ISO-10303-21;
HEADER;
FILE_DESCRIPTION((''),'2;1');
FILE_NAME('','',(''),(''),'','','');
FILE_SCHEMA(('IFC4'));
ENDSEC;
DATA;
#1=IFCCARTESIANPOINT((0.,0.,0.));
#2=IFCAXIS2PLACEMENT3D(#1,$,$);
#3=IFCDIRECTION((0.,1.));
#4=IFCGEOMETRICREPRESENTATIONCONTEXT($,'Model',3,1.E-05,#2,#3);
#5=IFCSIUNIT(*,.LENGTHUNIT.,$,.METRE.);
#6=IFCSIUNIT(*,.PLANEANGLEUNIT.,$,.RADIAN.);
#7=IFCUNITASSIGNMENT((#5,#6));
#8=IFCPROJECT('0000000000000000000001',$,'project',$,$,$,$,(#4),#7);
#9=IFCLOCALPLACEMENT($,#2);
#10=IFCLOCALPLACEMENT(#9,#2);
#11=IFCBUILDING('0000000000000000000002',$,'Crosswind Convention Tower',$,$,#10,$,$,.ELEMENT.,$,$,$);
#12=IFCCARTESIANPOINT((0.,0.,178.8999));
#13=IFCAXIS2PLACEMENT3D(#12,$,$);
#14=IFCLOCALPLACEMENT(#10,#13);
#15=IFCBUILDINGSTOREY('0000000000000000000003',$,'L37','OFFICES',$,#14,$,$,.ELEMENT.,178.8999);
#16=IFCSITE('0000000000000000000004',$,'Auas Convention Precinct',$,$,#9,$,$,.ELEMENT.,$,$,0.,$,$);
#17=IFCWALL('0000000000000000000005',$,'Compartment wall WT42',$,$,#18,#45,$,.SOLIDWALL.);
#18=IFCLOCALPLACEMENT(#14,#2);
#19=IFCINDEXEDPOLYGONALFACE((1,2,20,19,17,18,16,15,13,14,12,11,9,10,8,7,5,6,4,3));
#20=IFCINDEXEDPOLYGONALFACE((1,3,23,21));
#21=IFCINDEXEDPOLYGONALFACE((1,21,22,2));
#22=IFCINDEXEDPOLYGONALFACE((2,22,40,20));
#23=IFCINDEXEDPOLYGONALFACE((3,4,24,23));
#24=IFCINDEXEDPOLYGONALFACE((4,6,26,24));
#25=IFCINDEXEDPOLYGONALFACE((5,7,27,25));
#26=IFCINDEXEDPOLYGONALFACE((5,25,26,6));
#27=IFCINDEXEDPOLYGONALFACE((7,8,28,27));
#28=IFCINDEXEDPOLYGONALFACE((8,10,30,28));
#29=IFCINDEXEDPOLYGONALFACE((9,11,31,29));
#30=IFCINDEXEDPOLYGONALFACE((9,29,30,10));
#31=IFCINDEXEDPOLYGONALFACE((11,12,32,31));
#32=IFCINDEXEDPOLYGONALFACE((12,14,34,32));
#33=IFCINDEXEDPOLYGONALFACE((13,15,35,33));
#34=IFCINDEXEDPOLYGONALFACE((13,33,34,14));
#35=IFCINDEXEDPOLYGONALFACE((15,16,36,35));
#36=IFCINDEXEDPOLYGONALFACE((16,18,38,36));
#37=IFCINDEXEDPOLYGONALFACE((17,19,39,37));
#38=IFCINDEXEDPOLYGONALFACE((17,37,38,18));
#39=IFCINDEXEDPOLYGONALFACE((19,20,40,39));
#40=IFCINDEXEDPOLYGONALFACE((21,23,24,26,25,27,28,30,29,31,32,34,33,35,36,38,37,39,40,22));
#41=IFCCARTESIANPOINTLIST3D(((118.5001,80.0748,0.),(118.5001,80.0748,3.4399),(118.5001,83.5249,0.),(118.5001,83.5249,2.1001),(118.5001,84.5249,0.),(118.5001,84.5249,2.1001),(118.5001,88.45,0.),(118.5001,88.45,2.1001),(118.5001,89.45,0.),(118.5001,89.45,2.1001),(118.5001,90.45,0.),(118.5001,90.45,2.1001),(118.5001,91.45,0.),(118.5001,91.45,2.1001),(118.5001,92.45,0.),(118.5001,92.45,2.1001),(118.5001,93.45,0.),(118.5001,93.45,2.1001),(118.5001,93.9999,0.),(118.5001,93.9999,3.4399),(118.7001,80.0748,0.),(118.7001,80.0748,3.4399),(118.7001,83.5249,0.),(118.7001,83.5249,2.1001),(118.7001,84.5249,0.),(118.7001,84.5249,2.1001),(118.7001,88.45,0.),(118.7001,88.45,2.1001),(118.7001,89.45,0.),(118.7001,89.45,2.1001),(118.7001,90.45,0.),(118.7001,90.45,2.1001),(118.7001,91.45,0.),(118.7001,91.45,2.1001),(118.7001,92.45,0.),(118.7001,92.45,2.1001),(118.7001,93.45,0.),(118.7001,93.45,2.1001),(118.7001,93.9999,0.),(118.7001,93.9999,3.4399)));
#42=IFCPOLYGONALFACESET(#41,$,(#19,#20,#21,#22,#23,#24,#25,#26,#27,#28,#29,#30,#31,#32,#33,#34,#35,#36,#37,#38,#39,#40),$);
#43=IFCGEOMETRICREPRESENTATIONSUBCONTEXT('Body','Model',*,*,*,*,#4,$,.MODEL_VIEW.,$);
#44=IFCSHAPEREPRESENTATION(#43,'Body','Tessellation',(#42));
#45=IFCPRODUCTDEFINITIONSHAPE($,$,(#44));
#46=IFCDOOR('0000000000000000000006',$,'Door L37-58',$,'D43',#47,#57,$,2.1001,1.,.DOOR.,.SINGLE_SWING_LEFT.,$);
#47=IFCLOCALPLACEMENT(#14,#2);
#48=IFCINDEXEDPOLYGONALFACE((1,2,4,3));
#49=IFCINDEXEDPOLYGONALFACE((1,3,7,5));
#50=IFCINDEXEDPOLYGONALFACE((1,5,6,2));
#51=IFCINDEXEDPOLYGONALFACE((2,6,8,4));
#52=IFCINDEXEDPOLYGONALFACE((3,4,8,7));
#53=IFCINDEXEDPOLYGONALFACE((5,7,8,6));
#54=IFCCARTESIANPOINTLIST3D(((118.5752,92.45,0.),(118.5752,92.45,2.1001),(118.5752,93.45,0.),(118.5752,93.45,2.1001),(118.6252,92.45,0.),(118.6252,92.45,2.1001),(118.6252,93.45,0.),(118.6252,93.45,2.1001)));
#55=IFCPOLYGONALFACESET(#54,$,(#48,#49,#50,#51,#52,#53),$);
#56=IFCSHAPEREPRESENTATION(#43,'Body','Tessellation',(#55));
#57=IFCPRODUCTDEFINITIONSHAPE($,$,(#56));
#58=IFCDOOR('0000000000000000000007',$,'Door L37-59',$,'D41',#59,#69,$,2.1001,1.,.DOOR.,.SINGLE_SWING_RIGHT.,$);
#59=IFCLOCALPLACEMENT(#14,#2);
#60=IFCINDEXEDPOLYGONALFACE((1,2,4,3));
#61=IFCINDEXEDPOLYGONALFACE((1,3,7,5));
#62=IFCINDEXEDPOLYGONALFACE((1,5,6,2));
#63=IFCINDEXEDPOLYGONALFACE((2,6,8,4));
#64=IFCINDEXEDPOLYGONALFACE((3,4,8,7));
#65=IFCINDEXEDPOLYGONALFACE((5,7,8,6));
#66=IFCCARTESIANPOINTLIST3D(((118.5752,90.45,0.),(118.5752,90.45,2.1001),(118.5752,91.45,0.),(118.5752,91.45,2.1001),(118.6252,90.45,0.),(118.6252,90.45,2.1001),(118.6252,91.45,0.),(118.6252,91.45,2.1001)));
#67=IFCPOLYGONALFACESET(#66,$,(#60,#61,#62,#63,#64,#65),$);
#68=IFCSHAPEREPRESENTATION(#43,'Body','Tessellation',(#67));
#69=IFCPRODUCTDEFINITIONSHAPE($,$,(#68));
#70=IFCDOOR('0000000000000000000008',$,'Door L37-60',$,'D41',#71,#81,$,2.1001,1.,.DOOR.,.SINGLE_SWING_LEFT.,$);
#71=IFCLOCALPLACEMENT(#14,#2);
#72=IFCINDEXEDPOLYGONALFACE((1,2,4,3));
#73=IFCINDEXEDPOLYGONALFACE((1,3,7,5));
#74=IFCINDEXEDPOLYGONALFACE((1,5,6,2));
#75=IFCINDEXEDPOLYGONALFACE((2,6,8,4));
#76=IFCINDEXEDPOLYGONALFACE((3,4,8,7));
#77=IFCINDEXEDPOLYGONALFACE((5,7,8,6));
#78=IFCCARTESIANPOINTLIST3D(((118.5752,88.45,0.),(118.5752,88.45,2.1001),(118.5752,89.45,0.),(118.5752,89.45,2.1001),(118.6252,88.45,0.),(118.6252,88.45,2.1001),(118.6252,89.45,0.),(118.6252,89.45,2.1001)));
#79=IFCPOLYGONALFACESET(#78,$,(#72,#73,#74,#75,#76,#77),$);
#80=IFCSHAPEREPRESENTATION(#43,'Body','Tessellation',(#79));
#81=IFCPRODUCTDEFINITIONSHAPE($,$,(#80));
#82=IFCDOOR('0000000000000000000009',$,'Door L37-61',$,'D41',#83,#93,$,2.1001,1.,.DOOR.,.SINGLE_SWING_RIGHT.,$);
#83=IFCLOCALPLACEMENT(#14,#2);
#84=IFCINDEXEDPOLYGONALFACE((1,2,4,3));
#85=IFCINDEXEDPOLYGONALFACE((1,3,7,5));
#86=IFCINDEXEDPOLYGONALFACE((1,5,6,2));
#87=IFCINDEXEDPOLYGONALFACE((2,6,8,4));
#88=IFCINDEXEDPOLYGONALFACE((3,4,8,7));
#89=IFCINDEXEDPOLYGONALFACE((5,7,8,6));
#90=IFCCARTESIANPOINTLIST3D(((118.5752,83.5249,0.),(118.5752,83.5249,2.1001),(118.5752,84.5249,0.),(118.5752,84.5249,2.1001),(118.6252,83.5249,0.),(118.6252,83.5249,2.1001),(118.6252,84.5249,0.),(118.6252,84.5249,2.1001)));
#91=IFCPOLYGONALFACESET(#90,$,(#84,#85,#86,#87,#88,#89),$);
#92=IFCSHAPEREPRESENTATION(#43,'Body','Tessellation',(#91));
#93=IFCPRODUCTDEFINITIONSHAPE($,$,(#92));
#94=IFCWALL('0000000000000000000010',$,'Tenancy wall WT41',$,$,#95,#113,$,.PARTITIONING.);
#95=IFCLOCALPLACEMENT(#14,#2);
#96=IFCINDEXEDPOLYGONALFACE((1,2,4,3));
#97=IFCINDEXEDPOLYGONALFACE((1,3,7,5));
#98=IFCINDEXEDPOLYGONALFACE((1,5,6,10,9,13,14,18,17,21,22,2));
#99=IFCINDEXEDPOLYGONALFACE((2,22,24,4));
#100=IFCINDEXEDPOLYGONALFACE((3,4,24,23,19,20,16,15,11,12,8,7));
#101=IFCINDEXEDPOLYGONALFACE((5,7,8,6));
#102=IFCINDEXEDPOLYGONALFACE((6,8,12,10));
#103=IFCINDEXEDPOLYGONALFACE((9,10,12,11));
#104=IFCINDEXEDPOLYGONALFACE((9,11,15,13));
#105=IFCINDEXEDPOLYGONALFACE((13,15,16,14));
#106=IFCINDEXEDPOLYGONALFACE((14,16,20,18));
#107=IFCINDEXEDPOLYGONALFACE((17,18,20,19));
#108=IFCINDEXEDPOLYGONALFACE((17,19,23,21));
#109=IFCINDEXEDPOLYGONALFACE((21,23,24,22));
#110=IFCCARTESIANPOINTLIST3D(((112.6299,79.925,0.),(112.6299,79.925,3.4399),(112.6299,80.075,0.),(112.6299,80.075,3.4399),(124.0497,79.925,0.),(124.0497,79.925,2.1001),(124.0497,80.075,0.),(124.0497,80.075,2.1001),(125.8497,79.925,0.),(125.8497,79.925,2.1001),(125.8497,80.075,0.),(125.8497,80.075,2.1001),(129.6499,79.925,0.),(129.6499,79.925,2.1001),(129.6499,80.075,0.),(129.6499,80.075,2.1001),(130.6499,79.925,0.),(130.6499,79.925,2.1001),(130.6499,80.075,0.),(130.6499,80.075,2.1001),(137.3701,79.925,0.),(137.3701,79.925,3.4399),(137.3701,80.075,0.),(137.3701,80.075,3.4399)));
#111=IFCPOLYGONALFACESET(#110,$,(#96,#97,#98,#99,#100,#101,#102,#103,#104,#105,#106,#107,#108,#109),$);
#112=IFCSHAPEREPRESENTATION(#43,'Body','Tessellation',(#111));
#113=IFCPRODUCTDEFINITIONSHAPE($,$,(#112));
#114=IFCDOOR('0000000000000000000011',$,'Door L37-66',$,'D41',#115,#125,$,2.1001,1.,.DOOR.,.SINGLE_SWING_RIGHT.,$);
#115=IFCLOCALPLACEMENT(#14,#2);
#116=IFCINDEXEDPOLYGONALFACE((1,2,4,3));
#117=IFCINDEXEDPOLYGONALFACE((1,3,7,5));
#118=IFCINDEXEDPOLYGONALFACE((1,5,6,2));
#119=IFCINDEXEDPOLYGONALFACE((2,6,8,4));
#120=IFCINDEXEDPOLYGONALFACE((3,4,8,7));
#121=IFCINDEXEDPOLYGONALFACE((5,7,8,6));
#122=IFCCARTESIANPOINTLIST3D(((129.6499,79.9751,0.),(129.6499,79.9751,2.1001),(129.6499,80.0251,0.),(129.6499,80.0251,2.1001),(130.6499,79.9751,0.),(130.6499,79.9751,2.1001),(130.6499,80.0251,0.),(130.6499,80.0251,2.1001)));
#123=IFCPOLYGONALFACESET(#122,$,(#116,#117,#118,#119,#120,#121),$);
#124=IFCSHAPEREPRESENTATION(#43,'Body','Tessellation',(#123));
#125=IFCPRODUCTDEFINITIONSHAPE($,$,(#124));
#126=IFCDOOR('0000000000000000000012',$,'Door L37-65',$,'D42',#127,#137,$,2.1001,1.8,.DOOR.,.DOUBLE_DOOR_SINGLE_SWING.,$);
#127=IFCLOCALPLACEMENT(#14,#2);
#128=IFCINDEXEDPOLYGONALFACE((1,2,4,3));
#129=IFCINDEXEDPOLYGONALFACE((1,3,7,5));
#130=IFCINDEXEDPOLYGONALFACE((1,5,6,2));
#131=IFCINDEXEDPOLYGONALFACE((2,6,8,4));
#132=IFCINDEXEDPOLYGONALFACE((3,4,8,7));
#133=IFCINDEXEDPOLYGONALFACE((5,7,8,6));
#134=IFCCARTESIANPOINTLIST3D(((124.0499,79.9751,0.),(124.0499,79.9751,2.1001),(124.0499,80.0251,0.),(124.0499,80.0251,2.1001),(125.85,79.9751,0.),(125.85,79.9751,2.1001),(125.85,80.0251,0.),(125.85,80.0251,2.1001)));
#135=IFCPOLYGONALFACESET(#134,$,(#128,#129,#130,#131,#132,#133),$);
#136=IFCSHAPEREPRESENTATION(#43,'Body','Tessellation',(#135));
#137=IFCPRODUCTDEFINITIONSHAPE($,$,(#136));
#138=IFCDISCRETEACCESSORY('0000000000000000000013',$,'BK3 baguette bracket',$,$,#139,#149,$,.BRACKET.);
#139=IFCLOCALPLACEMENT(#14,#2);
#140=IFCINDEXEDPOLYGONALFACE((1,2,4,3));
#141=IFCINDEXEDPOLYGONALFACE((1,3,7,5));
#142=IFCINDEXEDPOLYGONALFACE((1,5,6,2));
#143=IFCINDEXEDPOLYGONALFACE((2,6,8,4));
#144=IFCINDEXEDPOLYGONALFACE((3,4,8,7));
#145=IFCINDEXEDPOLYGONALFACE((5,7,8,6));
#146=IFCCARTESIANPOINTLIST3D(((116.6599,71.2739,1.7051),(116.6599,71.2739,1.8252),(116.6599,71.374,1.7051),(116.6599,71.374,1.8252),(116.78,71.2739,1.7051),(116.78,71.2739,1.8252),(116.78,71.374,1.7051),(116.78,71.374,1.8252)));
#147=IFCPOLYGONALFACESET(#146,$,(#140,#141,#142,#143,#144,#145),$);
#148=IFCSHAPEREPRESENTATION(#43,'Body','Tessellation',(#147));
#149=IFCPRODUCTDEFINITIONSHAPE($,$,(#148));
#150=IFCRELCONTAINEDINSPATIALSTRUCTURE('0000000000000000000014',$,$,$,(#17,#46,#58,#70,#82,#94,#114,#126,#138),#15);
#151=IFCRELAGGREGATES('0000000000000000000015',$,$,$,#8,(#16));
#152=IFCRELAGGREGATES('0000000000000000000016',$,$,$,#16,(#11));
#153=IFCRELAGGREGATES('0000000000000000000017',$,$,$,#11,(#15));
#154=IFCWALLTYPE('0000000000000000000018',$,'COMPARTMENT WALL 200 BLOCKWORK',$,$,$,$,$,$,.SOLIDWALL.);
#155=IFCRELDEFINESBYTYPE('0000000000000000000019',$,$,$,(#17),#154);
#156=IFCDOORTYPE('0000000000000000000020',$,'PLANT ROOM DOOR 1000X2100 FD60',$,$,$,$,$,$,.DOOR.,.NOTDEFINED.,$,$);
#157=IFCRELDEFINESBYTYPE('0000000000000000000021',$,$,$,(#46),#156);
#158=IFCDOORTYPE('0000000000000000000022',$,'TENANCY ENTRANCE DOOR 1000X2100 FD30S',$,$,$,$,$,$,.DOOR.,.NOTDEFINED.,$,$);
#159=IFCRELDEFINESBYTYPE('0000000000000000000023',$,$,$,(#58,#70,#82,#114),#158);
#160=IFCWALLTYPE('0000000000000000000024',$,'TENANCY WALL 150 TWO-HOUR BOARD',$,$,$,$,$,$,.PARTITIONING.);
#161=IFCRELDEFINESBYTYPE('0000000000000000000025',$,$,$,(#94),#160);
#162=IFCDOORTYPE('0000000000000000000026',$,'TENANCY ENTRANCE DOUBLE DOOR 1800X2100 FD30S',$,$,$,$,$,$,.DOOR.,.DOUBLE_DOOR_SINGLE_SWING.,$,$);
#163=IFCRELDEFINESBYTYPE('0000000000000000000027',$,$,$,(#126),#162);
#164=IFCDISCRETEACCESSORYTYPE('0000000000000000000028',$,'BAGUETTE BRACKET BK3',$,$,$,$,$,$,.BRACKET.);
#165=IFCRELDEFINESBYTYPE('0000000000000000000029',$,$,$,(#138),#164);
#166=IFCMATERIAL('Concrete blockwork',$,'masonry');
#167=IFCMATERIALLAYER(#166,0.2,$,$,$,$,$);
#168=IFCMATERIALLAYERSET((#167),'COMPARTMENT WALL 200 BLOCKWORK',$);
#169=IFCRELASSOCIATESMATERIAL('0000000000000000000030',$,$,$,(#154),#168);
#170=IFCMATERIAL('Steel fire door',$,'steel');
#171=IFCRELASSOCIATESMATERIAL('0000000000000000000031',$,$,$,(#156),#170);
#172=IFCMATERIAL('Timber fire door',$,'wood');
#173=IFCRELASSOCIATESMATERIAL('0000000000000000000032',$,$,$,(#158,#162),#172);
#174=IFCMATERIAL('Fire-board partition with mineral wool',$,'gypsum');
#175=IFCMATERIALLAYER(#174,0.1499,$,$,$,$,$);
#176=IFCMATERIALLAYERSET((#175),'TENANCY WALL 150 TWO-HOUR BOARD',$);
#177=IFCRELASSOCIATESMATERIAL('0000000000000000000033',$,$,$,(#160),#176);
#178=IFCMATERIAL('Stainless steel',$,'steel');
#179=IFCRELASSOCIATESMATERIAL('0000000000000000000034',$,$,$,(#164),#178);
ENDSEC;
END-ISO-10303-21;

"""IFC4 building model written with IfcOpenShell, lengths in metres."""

from ifc_helpers import new_model, si_unit, direction, frame, frame_2d, origin, origin_2d, place, context, subcontext, project, spatial, rectangle, extrude, material, layer, layer_set, type_object, element, fill, save


model = new_model("IFC4")

# Units and contexts
model_context = context("Model", 3, precision=1e-05, world=origin(), true_north=direction((0.0, 1.0)))
body_context = subcontext(model_context, "Body", "Model", "MODEL_VIEW")
ifc_project = project(units=[si_unit("LENGTHUNIT", "METRE"), si_unit("PLANEANGLEUNIT", "RADIAN")], contexts=[model_context])

# Site, building, storey
site_placement = place(None, origin())
site = spatial("IfcSite", under=ifc_project, at=site_placement, Name="Auas Convention Precinct", CompositionType="ELEMENT", RefElevation=0.0)
building_placement = place(site_placement, origin())
building = spatial("IfcBuilding", under=site, at=building_placement, Name="Crosswind Convention Tower", CompositionType="ELEMENT")
storey_placement = place(building_placement, frame((0.0, 0.0, 178.8999)))
storey = spatial("IfcBuildingStorey", under=building, at=storey_placement, Name="L37", Description="OFFICES", CompositionType="ELEMENT", Elevation=178.8999)

# Walls, openings, doors
ifc_material_1 = material(Name="Concrete blockwork", Category="masonry")
ifc_layer_1 = layer(ifc_material_1, 0.2)
ifc_layer_set_1 = layer_set([ifc_layer_1], Name="COMPARTMENT WALL 200 BLOCKWORK")
wall_type_1 = type_object("IfcWallType", Name="COMPARTMENT WALL 200 BLOCKWORK", PredefinedType="SOLIDWALL", material=ifc_layer_set_1)
wall_1_placement = place(storey_placement, frame((118.6001, 80.075, 0.0), z_axis=(0.0, 0.0, 1.0), x_axis=(0.0, 1.0, 0.0)))
wall_1 = element("IfcWall", 1, at=wall_1_placement, inside=storey, type_object=wall_type_1, Name="Compartment wall WT42", PredefinedType="SOLIDWALL", context=body_context, shape_type="SweptSolid", body=[
    extrude(rectangle(XDim=13.925, YDim=0.2, at=frame_2d((6.9624, 0.0))), origin(), (0.0, 0.0, 1.0), 3.4399),
])
opening_1_placement = place(wall_1_placement, frame((12.375, 0.0, 0.0)))
opening_1 = element("IfcOpeningElement", 2, at=opening_1_placement, cuts=wall_1, PredefinedType="OPENING", context=body_context, shape_type="SweptSolid", body=[
    extrude(rectangle(XDim=1.0, YDim=2.1001, at=frame_2d((0.5, 1.05))), frame((0.0, 0.1099, 0.0), z_axis=(0.0, -1.0, 0.0), x_axis=(1.0, 0.0, 0.0)), (0.0, 0.0, 1.0), 0.22),
])
opening_2_placement = place(wall_1_placement, frame((10.375, 0.0, 0.0)))
opening_2 = element("IfcOpeningElement", 3, at=opening_2_placement, cuts=wall_1, PredefinedType="OPENING", context=body_context, shape_type="SweptSolid", body=[
    extrude(rectangle(XDim=1.0, YDim=2.1001, at=frame_2d((0.5, 1.05))), frame((0.0, 0.1099, 0.0), z_axis=(0.0, -1.0, 0.0), x_axis=(1.0, 0.0, 0.0)), (0.0, 0.0, 1.0), 0.22),
])
opening_3_placement = place(wall_1_placement, frame((8.375, 0.0, 0.0)))
opening_3 = element("IfcOpeningElement", 4, at=opening_3_placement, cuts=wall_1, PredefinedType="OPENING", context=body_context, shape_type="SweptSolid", body=[
    extrude(rectangle(XDim=1.0, YDim=2.1001, at=frame_2d((0.5, 1.05))), frame((0.0, 0.1099, 0.0), z_axis=(0.0, -1.0, 0.0), x_axis=(1.0, 0.0, 0.0)), (0.0, 0.0, 1.0), 0.22),
])
opening_4_placement = place(wall_1_placement, frame((3.45, 0.0, 0.0)))
opening_4 = element("IfcOpeningElement", 5, at=opening_4_placement, cuts=wall_1, PredefinedType="OPENING", context=body_context, shape_type="SweptSolid", body=[
    extrude(rectangle(XDim=1.0, YDim=2.1001, at=frame_2d((0.5, 1.05))), frame((0.0, 0.1099, 0.0), z_axis=(0.0, -1.0, 0.0), x_axis=(1.0, 0.0, 0.0)), (0.0, 0.0, 1.0), 0.22),
])
ifc_material_2 = material(Name="Steel fire door", Category="steel")
door_type_1 = type_object("IfcDoorType", Name="PLANT ROOM DOOR 1000X2100 FD60", OperationType="NOTDEFINED", PredefinedType="DOOR", material=ifc_material_2)
door_1_placement = place(opening_1_placement, origin())
door_1 = element("IfcDoor", 6, at=door_1_placement, inside=storey, type_object=door_type_1, Name="Door L37-58", ObjectType="D43", OperationType="SINGLE_SWING_LEFT", OverallHeight=2.1001, OverallWidth=1.0, PredefinedType="DOOR", context=body_context, shape_type="SweptSolid", body=[
    extrude(rectangle(XDim=1.0, YDim=2.1001, at=frame_2d((0.5, 1.05))), frame((0.0, 0.0249, 0.0), z_axis=(0.0, -1.0, 0.0), x_axis=(1.0, 0.0, 0.0)), (0.0, 0.0, 1.0), 0.05),
])
fill(opening_1, door_1)
ifc_material_3 = material(Name="Timber fire door", Category="wood")
door_type_2 = type_object("IfcDoorType", Name="TENANCY ENTRANCE DOOR 1000X2100 FD30S", OperationType="NOTDEFINED", PredefinedType="DOOR", material=ifc_material_3)
door_2_placement = place(opening_2_placement, origin())
door_2 = element("IfcDoor", 7, at=door_2_placement, inside=storey, type_object=door_type_2, Name="Door L37-59", ObjectType="D41", OperationType="SINGLE_SWING_RIGHT", OverallHeight=2.1001, OverallWidth=1.0, PredefinedType="DOOR", context=body_context, shape_type="SweptSolid", body=[
    extrude(rectangle(XDim=1.0, YDim=2.1001, at=frame_2d((0.5, 1.05))), frame((0.0, 0.0249, 0.0), z_axis=(0.0, -1.0, 0.0), x_axis=(1.0, 0.0, 0.0)), (0.0, 0.0, 1.0), 0.05),
])
fill(opening_2, door_2)
door_3_placement = place(opening_3_placement, origin())
door_3 = element("IfcDoor", 8, at=door_3_placement, inside=storey, type_object=door_type_2, Name="Door L37-60", ObjectType="D41", OperationType="SINGLE_SWING_LEFT", OverallHeight=2.1001, OverallWidth=1.0, PredefinedType="DOOR", context=body_context, shape_type="SweptSolid", body=[
    extrude(rectangle(XDim=1.0, YDim=2.1001, at=frame_2d((0.5, 1.05))), frame((0.0, 0.0249, 0.0), z_axis=(0.0, -1.0, 0.0), x_axis=(1.0, 0.0, 0.0)), (0.0, 0.0, 1.0), 0.05),
])
fill(opening_3, door_3)
door_4_placement = place(opening_4_placement, origin())
door_4 = element("IfcDoor", 9, at=door_4_placement, inside=storey, type_object=door_type_2, Name="Door L37-61", ObjectType="D41", OperationType="SINGLE_SWING_RIGHT", OverallHeight=2.1001, OverallWidth=1.0, PredefinedType="DOOR", context=body_context, shape_type="SweptSolid", body=[
    extrude(rectangle(XDim=1.0, YDim=2.1001, at=frame_2d((0.5, 1.05))), frame((0.0, 0.0249, 0.0), z_axis=(0.0, -1.0, 0.0), x_axis=(1.0, 0.0, 0.0)), (0.0, 0.0, 1.0), 0.05),
])
fill(opening_4, door_4)
ifc_material_4 = material(Name="Fire-board partition with mineral wool", Category="gypsum")
ifc_layer_2 = layer(ifc_material_4, 0.1499)
ifc_layer_set_2 = layer_set([ifc_layer_2], Name="TENANCY WALL 150 TWO-HOUR BOARD")
wall_type_2 = type_object("IfcWallType", Name="TENANCY WALL 150 TWO-HOUR BOARD", PredefinedType="PARTITIONING", material=ifc_layer_set_2)
wall_2_placement = place(storey_placement, frame((112.6299, 80.0, 0.0), z_axis=(0.0, 0.0, 1.0), x_axis=(1.0, 0.0, 0.0)))
wall_2 = element("IfcWall", 10, at=wall_2_placement, inside=storey, type_object=wall_type_2, Name="Tenancy wall WT41", PredefinedType="PARTITIONING", context=body_context, shape_type="SweptSolid", body=[
    extrude(rectangle(XDim=24.7402, YDim=0.1499, at=frame_2d((12.3701, 0.0))), origin(), (0.0, 0.0, 1.0), 3.4399),
])
opening_5_placement = place(wall_2_placement, frame((11.4199, 0.0, 0.0)))
opening_5 = element("IfcOpeningElement", 11, at=opening_5_placement, cuts=wall_2, PredefinedType="OPENING", context=body_context, shape_type="SweptSolid", body=[
    extrude(rectangle(XDim=1.8, YDim=2.1001, at=frame_2d((0.8999, 1.05))), frame((0.0, 0.085, 0.0), z_axis=(0.0, -1.0, 0.0), x_axis=(1.0, 0.0, 0.0)), (0.0, 0.0, 1.0), 0.1699),
])
opening_6_placement = place(wall_2_placement, frame((17.02, 0.0, 0.0)))
opening_6 = element("IfcOpeningElement", 12, at=opening_6_placement, cuts=wall_2, PredefinedType="OPENING", context=body_context, shape_type="SweptSolid", body=[
    extrude(rectangle(XDim=1.0, YDim=2.1001, at=frame_2d((0.5, 1.05))), frame((0.0, 0.085, 0.0), z_axis=(0.0, -1.0, 0.0), x_axis=(1.0, 0.0, 0.0)), (0.0, 0.0, 1.0), 0.1699),
])
door_5_placement = place(opening_6_placement, frame((1.0, 0.0, 0.0), z_axis=(0.0, 0.0, 1.0), x_axis=(-1.0, 0.0, 0.0)))
door_5 = element("IfcDoor", 13, at=door_5_placement, inside=storey, type_object=door_type_2, Name="Door L37-66", ObjectType="D41", OperationType="SINGLE_SWING_RIGHT", OverallHeight=2.1001, OverallWidth=1.0, PredefinedType="DOOR", context=body_context, shape_type="SweptSolid", body=[
    extrude(rectangle(XDim=1.0, YDim=2.1001, at=frame_2d((0.5, 1.05))), frame((0.0, 0.0249, 0.0), z_axis=(0.0, -1.0, 0.0), x_axis=(1.0, 0.0, 0.0)), (0.0, 0.0, 1.0), 0.05),
])
fill(opening_6, door_5)
door_type_3 = type_object("IfcDoorType", Name="TENANCY ENTRANCE DOUBLE DOOR 1800X2100 FD30S", OperationType="DOUBLE_DOOR_SINGLE_SWING", PredefinedType="DOOR", material=ifc_material_3)
door_6_placement = place(opening_5_placement, frame((1.8, 0.0, 0.0), z_axis=(0.0, 0.0, 1.0), x_axis=(-1.0, 0.0, 0.0)))
door_6 = element("IfcDoor", 14, at=door_6_placement, inside=storey, type_object=door_type_3, Name="Door L37-65", ObjectType="D42", OperationType="DOUBLE_DOOR_SINGLE_SWING", OverallHeight=2.1001, OverallWidth=1.8, PredefinedType="DOOR", context=body_context, shape_type="SweptSolid", body=[
    extrude(rectangle(XDim=1.8, YDim=2.1001, at=frame_2d((0.8999, 1.05))), frame((0.0, 0.0249, 0.0), z_axis=(0.0, -1.0, 0.0), x_axis=(1.0, 0.0, 0.0)), (0.0, 0.0, 1.0), 0.05),
])
fill(opening_5, door_6)

# Discrete accessory
ifc_material_5 = material(Name="Stainless steel", Category="steel")
discrete_accessory_type = type_object("IfcDiscreteAccessoryType", Name="BAGUETTE BRACKET BK3", PredefinedType="BRACKET", material=ifc_material_5)
discrete_accessory_placement = place(storey_placement, frame((116.72, 71.324, 1.7051), z_axis=(0.0, 0.0, 1.0), x_axis=(1.0, 0.0, 0.0)))
element("IfcDiscreteAccessory", 15, at=discrete_accessory_placement, inside=storey, type_object=discrete_accessory_type, Name="BK3 baguette bracket", PredefinedType="BRACKET", context=body_context, shape_type="SweptSolid", body=[
    extrude(rectangle(XDim=0.1201, YDim=0.1001, at=origin_2d()), origin(), (0.0, 0.0, 1.0), 0.1201),
])

save(model, "model.ifc")
